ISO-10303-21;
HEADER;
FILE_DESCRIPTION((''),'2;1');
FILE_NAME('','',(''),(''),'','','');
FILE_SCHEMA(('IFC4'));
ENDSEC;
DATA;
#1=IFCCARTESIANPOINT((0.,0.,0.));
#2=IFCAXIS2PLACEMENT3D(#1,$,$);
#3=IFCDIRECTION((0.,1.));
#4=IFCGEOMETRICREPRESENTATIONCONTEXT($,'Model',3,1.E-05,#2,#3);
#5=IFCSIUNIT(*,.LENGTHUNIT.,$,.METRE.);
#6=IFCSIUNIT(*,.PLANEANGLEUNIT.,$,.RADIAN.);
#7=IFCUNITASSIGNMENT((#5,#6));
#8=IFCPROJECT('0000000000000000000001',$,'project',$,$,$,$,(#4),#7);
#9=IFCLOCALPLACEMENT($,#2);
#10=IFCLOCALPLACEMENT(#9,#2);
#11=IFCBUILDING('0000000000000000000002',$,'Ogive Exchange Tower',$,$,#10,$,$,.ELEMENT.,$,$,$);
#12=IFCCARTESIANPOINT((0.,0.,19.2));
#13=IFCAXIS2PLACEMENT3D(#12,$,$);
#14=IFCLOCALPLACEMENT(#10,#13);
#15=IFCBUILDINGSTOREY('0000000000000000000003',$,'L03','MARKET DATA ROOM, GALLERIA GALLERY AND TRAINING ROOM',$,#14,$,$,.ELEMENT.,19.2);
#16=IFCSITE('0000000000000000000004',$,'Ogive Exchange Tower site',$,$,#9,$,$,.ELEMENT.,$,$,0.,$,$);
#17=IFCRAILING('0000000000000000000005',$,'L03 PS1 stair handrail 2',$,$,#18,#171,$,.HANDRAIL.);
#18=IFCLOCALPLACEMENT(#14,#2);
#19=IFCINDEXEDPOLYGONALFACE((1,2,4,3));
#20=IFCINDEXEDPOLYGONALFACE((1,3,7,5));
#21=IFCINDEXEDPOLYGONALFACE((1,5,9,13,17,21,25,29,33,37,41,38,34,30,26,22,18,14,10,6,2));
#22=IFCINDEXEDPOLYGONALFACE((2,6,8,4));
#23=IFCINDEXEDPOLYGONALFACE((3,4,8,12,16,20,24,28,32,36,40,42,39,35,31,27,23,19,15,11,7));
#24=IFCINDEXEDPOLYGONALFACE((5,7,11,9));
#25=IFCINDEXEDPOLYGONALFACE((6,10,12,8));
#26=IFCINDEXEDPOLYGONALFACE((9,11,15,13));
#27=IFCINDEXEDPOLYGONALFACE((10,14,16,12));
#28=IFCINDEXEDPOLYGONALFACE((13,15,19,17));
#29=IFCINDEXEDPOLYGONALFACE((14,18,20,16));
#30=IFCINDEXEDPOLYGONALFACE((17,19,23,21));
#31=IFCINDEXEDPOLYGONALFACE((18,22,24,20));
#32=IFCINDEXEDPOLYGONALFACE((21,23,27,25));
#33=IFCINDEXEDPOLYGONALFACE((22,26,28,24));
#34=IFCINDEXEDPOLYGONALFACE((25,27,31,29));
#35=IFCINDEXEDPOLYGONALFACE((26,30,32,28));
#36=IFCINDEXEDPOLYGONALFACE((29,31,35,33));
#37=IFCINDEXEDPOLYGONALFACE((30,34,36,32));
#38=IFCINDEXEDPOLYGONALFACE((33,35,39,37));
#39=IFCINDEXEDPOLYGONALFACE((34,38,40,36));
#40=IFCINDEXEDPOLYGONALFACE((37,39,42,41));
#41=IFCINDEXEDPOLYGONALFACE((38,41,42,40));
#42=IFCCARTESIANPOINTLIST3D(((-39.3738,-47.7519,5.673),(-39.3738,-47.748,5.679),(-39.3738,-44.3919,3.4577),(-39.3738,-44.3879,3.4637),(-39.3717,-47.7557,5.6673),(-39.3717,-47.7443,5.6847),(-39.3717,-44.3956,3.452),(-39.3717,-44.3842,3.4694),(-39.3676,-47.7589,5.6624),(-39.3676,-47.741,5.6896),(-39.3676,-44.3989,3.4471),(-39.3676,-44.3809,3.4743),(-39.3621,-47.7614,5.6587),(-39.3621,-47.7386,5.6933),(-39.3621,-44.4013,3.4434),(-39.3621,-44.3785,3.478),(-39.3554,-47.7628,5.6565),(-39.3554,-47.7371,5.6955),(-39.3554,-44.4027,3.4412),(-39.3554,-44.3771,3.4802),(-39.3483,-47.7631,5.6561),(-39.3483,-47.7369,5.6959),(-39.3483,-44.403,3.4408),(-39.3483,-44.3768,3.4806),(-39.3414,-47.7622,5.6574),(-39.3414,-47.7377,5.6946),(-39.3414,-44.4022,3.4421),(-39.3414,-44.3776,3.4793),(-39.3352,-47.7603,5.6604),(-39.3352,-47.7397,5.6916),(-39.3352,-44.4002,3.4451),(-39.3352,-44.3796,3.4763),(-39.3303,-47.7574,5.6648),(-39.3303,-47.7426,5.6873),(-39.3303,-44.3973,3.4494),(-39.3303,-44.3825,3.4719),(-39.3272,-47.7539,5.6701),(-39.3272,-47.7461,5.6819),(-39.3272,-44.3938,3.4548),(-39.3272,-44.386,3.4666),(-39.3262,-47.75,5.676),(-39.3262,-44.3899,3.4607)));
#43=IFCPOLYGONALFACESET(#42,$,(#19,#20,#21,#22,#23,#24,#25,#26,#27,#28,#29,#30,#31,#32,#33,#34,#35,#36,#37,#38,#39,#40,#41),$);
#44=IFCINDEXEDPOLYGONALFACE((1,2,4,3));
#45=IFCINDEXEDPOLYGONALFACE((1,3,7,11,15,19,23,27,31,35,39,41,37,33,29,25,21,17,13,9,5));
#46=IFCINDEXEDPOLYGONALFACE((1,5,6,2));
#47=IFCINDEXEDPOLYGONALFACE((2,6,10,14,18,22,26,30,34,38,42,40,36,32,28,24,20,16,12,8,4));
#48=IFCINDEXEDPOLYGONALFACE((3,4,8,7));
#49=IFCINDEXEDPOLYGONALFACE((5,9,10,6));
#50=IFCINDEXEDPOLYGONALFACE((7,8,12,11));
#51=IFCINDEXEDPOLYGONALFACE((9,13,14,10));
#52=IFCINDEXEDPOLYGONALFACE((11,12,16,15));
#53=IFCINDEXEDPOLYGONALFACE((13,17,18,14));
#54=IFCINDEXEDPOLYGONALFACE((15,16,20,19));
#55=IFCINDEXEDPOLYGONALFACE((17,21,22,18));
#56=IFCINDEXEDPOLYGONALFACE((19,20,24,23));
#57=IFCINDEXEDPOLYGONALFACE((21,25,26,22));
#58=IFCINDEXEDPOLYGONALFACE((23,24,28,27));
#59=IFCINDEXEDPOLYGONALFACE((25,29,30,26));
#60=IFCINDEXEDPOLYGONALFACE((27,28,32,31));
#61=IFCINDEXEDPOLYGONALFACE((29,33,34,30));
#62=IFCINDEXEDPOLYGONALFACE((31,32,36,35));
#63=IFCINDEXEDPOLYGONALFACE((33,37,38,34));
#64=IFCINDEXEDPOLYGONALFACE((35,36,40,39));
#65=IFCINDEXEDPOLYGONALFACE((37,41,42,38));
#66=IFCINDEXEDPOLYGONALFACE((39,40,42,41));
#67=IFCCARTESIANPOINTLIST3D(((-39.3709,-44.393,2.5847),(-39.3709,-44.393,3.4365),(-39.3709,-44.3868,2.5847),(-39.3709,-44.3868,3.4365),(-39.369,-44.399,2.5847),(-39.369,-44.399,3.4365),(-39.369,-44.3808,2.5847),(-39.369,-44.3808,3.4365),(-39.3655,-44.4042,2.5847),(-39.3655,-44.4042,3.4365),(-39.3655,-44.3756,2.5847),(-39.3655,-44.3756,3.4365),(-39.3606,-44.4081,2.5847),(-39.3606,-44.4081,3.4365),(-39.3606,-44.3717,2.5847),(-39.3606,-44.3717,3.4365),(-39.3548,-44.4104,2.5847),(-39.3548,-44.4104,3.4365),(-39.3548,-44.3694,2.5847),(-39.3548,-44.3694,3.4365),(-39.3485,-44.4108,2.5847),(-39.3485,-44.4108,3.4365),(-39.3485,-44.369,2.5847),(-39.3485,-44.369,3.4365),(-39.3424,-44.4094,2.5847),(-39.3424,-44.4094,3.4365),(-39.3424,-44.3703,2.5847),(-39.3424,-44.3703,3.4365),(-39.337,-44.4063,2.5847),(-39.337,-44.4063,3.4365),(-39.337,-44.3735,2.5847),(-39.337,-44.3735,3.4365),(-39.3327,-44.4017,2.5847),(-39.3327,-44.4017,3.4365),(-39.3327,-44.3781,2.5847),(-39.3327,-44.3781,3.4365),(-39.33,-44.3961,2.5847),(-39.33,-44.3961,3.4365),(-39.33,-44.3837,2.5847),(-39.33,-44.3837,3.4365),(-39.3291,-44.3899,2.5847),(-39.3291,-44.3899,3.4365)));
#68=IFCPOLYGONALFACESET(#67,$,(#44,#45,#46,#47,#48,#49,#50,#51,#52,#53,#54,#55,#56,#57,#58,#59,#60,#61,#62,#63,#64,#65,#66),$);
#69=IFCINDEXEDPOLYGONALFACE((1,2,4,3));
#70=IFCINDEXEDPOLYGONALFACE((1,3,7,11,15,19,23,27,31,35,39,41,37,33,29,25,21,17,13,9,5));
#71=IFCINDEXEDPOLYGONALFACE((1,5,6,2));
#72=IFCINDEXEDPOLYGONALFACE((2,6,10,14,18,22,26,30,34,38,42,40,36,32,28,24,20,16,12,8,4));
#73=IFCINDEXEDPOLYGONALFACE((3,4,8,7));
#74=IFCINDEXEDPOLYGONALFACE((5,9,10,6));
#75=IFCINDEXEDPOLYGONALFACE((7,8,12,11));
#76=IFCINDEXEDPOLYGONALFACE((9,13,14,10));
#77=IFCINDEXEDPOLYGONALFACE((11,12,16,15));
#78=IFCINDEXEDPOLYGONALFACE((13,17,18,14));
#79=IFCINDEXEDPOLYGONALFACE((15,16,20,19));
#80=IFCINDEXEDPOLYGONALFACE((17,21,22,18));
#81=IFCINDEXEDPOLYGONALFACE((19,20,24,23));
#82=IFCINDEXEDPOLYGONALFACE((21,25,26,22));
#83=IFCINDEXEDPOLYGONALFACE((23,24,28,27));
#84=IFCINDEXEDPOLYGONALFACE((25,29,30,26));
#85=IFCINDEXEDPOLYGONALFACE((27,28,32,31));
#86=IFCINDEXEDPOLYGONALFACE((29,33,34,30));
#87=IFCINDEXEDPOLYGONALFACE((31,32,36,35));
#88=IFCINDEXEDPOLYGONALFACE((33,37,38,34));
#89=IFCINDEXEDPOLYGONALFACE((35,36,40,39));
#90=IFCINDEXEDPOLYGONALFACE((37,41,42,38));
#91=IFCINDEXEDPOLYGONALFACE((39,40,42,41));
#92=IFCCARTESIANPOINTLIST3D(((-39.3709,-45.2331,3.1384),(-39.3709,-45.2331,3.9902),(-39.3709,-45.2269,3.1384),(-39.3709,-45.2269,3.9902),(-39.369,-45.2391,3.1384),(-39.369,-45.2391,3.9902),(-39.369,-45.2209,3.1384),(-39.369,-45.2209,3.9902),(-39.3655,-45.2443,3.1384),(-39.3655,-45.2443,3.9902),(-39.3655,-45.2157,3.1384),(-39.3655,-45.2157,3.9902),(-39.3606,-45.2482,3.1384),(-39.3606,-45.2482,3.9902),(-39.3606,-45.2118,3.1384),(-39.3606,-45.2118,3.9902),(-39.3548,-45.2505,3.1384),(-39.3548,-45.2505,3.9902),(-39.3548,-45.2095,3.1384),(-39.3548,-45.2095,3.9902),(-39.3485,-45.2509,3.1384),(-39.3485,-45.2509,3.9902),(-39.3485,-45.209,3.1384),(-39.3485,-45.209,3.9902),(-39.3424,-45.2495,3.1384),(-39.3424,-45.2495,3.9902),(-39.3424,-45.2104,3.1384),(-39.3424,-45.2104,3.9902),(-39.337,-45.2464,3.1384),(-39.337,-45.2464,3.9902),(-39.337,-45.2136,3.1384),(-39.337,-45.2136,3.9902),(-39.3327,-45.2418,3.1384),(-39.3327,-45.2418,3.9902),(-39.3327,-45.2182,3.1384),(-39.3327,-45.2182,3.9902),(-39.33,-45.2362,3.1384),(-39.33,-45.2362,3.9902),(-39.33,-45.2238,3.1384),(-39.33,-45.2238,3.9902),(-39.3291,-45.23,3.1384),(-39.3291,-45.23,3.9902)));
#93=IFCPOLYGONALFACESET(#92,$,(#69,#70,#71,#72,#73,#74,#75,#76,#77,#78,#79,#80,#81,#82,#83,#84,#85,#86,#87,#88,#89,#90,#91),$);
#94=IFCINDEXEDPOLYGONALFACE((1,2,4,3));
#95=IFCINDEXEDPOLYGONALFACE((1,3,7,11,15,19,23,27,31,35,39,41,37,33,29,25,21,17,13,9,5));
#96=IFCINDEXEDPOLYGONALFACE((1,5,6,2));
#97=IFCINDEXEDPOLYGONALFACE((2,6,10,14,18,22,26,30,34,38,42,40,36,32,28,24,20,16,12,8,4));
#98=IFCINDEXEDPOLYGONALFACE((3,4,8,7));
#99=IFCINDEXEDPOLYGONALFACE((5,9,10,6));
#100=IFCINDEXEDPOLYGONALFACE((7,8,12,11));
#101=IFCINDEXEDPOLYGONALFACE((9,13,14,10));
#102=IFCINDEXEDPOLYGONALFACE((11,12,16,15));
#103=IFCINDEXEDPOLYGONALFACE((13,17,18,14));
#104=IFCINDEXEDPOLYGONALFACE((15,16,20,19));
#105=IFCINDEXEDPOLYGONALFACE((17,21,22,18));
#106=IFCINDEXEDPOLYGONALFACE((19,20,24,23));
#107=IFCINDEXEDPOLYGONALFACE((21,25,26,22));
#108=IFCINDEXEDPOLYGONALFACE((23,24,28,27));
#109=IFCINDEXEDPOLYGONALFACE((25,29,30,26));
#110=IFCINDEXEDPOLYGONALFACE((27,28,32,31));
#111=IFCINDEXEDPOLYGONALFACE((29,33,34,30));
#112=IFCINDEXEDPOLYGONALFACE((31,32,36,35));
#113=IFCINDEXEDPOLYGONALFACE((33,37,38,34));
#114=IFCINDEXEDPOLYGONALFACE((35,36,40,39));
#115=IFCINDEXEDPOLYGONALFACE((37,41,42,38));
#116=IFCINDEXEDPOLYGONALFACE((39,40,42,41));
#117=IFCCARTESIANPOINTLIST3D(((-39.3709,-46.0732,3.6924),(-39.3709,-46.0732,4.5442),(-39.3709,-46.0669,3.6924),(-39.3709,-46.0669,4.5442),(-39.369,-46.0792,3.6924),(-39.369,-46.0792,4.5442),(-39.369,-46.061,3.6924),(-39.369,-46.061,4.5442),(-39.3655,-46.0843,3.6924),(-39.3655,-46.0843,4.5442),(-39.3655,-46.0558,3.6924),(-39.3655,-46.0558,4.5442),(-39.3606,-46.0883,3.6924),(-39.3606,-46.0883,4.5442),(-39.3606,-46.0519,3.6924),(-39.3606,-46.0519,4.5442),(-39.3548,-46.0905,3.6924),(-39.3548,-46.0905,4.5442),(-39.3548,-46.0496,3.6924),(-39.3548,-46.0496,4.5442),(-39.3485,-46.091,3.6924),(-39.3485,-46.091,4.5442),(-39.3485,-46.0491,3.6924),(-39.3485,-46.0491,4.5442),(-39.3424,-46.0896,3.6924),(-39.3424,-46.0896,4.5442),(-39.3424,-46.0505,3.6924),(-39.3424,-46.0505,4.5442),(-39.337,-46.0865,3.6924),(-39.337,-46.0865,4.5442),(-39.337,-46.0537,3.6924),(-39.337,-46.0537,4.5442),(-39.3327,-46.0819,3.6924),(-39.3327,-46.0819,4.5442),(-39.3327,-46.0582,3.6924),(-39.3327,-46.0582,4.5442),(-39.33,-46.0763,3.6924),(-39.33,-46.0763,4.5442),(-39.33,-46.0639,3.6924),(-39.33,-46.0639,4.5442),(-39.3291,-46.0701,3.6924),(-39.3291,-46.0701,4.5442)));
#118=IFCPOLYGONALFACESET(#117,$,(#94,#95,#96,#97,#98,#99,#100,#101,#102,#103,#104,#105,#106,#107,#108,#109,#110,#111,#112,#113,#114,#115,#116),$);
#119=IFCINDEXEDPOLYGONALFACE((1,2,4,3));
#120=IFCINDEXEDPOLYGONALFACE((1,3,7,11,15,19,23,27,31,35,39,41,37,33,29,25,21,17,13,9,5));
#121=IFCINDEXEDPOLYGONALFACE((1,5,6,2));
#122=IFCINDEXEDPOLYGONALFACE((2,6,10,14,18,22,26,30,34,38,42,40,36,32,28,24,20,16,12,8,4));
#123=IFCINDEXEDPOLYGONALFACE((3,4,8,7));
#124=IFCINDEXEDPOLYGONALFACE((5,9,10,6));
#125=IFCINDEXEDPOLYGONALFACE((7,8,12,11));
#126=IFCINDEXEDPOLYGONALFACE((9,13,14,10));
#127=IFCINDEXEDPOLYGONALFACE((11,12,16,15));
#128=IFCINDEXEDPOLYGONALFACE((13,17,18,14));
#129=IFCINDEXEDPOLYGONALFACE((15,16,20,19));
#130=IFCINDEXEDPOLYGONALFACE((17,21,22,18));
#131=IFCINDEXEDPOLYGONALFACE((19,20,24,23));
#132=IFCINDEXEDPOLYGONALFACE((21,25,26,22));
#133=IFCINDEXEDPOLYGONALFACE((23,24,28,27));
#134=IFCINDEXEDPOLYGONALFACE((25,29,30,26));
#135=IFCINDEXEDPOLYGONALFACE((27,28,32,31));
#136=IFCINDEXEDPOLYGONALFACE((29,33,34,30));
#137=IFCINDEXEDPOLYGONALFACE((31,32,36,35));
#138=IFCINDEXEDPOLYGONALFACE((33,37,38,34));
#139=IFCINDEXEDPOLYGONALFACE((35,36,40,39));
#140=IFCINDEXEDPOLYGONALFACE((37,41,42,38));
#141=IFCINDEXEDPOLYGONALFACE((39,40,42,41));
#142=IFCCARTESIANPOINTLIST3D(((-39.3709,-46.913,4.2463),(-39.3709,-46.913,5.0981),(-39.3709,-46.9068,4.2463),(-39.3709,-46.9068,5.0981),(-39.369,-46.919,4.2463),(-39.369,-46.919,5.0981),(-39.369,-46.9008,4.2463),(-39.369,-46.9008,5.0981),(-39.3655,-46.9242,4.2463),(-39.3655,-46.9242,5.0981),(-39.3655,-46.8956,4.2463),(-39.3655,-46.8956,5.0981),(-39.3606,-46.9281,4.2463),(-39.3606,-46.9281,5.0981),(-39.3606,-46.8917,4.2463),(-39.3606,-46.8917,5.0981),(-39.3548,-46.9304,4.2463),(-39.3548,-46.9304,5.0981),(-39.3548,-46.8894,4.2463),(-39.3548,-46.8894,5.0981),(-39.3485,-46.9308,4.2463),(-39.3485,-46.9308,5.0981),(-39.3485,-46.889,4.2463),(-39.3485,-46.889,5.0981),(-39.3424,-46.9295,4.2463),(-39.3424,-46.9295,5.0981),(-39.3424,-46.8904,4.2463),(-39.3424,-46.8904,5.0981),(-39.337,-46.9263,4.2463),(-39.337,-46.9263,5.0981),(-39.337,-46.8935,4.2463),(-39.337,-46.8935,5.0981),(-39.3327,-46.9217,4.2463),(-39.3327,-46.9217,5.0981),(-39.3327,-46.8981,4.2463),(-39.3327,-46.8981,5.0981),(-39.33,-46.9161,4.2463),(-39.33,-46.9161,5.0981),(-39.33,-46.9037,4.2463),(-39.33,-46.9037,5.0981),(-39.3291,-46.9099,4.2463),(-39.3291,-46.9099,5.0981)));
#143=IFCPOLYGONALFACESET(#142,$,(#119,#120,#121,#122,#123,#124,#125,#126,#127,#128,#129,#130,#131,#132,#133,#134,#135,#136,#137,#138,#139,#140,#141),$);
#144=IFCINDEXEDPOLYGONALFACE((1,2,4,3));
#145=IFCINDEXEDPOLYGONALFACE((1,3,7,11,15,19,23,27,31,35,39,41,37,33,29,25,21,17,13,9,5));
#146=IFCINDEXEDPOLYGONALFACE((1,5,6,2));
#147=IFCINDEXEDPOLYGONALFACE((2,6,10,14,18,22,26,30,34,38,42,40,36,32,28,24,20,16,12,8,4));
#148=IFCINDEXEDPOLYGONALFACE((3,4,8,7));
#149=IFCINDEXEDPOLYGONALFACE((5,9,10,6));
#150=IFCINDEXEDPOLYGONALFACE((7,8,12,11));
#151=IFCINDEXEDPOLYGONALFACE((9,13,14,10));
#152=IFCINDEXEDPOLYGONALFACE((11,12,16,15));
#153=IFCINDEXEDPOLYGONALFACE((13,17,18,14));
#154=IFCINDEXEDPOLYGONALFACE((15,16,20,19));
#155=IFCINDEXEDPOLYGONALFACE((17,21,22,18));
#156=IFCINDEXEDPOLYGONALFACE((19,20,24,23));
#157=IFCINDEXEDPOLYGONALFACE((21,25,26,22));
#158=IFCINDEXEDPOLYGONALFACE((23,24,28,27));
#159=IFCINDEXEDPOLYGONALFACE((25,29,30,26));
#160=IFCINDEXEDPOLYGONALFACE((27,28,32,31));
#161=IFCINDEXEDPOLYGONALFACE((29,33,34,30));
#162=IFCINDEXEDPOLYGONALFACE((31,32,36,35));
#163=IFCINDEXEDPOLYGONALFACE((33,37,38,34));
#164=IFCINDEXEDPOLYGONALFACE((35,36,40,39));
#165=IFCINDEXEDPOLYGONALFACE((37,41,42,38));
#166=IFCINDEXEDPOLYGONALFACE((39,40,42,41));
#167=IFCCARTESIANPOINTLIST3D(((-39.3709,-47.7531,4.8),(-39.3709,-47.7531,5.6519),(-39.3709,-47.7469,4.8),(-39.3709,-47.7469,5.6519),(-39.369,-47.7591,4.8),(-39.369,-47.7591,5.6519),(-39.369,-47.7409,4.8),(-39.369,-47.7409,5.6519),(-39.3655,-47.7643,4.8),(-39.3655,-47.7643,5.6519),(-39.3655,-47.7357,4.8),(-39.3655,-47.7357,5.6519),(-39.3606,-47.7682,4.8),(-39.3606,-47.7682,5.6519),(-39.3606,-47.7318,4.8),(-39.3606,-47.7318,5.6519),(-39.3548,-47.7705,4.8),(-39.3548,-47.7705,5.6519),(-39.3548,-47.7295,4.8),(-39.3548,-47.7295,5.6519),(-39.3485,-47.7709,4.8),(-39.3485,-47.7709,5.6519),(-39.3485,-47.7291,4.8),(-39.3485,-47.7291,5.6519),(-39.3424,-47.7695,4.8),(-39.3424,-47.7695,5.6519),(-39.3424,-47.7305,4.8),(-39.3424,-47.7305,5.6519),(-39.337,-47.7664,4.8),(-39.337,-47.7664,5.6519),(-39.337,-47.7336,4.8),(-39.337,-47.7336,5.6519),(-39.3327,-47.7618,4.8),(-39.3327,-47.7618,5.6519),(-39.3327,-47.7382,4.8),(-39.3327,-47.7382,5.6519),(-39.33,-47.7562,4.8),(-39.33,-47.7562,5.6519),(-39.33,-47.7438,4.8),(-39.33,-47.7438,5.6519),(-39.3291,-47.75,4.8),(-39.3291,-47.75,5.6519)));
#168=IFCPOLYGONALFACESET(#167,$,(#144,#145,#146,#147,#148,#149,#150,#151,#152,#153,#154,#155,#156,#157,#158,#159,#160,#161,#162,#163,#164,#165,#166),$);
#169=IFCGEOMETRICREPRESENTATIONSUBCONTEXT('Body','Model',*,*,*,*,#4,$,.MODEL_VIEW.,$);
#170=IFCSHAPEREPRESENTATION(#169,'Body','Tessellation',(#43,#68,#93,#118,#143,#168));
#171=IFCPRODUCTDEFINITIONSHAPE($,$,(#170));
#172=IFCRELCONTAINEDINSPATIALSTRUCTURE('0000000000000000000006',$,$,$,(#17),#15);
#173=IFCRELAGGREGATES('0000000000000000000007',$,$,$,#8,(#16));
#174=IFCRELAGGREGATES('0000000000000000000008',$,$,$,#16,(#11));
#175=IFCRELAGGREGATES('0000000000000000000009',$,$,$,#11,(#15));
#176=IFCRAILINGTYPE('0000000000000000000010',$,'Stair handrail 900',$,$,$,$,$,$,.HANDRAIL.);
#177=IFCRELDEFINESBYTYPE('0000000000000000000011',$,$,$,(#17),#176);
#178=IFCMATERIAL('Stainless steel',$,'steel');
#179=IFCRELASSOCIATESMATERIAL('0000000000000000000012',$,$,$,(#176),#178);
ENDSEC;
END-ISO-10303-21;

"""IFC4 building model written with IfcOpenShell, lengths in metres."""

from ifc_helpers import new_model, si_unit, direction, frame, origin, origin_2d, place, context, subcontext, project, spatial, circle, extrude, material, type_object, element, save


model = new_model("IFC4")

# Units and contexts
model_context = context("Model", 3, precision=1e-05, world=origin(), true_north=direction((0.0, 1.0)))
body_context = subcontext(model_context, "Body", "Model", "MODEL_VIEW")
ifc_project = project(units=[si_unit("LENGTHUNIT", "METRE"), si_unit("PLANEANGLEUNIT", "RADIAN")], contexts=[model_context])

# Site, building, storey
site_placement = place(None, origin())
site = spatial("IfcSite", under=ifc_project, at=site_placement, Name="Ogive Exchange Tower site", CompositionType="ELEMENT", RefElevation=0.0)
building_placement = place(site_placement, origin())
building = spatial("IfcBuilding", under=site, at=building_placement, Name="Ogive Exchange Tower", CompositionType="ELEMENT")
storey_placement = place(building_placement, frame((0.0, 0.0, 19.2)))
storey = spatial("IfcBuildingStorey", under=building, at=storey_placement, Name="L03", Description="MARKET DATA ROOM, GALLERIA GALLERY AND TRAINING ROOM", CompositionType="ELEMENT", Elevation=19.2)

# Railing
ifc_material_1 = material(Name="Stainless steel", Category="steel")
railing_type = type_object("IfcRailingType", Name="Stair handrail 900", PredefinedType="HANDRAIL", material=ifc_material_1)
railing_placement = place(storey_placement, frame((-39.3501, -44.3899, 2.5847)))
element("IfcRailing", 1, at=railing_placement, inside=storey, type_object=railing_type, Name="L03 PS1 stair handrail 2", PredefinedType="HANDRAIL", context=body_context, shape_type="SweptSolid", body=[
    extrude(circle(Radius=0.0239, at=origin_2d()), frame((0.0, 0.0, 0.876), z_axis=(0.0, -0.834876, 0.550437), x_axis=(1.0, 0.0, 0.0)), (0.0, 0.0, 1.0), 4.0247),
    extrude(circle(Radius=0.021, at=origin_2d()), origin(), (0.0, 0.0, 1.0), 0.8518),
    extrude(circle(Radius=0.021, at=origin_2d()), frame((0.0, -0.8401, 0.5537)), (0.0, 0.0, 1.0), 0.8518),
    extrude(circle(Radius=0.021, at=origin_2d()), frame((0.0, -1.6802, 1.1077)), (0.0, 0.0, 1.0), 0.8518),
    extrude(circle(Radius=0.021, at=origin_2d()), frame((0.0, -2.52, 1.6616)), (0.0, 0.0, 1.0), 0.8518),
    extrude(circle(Radius=0.021, at=origin_2d()), frame((0.0, -3.3601, 2.2153)), (0.0, 0.0, 1.0), 0.8518),
])

save(model, "model.ifc")
